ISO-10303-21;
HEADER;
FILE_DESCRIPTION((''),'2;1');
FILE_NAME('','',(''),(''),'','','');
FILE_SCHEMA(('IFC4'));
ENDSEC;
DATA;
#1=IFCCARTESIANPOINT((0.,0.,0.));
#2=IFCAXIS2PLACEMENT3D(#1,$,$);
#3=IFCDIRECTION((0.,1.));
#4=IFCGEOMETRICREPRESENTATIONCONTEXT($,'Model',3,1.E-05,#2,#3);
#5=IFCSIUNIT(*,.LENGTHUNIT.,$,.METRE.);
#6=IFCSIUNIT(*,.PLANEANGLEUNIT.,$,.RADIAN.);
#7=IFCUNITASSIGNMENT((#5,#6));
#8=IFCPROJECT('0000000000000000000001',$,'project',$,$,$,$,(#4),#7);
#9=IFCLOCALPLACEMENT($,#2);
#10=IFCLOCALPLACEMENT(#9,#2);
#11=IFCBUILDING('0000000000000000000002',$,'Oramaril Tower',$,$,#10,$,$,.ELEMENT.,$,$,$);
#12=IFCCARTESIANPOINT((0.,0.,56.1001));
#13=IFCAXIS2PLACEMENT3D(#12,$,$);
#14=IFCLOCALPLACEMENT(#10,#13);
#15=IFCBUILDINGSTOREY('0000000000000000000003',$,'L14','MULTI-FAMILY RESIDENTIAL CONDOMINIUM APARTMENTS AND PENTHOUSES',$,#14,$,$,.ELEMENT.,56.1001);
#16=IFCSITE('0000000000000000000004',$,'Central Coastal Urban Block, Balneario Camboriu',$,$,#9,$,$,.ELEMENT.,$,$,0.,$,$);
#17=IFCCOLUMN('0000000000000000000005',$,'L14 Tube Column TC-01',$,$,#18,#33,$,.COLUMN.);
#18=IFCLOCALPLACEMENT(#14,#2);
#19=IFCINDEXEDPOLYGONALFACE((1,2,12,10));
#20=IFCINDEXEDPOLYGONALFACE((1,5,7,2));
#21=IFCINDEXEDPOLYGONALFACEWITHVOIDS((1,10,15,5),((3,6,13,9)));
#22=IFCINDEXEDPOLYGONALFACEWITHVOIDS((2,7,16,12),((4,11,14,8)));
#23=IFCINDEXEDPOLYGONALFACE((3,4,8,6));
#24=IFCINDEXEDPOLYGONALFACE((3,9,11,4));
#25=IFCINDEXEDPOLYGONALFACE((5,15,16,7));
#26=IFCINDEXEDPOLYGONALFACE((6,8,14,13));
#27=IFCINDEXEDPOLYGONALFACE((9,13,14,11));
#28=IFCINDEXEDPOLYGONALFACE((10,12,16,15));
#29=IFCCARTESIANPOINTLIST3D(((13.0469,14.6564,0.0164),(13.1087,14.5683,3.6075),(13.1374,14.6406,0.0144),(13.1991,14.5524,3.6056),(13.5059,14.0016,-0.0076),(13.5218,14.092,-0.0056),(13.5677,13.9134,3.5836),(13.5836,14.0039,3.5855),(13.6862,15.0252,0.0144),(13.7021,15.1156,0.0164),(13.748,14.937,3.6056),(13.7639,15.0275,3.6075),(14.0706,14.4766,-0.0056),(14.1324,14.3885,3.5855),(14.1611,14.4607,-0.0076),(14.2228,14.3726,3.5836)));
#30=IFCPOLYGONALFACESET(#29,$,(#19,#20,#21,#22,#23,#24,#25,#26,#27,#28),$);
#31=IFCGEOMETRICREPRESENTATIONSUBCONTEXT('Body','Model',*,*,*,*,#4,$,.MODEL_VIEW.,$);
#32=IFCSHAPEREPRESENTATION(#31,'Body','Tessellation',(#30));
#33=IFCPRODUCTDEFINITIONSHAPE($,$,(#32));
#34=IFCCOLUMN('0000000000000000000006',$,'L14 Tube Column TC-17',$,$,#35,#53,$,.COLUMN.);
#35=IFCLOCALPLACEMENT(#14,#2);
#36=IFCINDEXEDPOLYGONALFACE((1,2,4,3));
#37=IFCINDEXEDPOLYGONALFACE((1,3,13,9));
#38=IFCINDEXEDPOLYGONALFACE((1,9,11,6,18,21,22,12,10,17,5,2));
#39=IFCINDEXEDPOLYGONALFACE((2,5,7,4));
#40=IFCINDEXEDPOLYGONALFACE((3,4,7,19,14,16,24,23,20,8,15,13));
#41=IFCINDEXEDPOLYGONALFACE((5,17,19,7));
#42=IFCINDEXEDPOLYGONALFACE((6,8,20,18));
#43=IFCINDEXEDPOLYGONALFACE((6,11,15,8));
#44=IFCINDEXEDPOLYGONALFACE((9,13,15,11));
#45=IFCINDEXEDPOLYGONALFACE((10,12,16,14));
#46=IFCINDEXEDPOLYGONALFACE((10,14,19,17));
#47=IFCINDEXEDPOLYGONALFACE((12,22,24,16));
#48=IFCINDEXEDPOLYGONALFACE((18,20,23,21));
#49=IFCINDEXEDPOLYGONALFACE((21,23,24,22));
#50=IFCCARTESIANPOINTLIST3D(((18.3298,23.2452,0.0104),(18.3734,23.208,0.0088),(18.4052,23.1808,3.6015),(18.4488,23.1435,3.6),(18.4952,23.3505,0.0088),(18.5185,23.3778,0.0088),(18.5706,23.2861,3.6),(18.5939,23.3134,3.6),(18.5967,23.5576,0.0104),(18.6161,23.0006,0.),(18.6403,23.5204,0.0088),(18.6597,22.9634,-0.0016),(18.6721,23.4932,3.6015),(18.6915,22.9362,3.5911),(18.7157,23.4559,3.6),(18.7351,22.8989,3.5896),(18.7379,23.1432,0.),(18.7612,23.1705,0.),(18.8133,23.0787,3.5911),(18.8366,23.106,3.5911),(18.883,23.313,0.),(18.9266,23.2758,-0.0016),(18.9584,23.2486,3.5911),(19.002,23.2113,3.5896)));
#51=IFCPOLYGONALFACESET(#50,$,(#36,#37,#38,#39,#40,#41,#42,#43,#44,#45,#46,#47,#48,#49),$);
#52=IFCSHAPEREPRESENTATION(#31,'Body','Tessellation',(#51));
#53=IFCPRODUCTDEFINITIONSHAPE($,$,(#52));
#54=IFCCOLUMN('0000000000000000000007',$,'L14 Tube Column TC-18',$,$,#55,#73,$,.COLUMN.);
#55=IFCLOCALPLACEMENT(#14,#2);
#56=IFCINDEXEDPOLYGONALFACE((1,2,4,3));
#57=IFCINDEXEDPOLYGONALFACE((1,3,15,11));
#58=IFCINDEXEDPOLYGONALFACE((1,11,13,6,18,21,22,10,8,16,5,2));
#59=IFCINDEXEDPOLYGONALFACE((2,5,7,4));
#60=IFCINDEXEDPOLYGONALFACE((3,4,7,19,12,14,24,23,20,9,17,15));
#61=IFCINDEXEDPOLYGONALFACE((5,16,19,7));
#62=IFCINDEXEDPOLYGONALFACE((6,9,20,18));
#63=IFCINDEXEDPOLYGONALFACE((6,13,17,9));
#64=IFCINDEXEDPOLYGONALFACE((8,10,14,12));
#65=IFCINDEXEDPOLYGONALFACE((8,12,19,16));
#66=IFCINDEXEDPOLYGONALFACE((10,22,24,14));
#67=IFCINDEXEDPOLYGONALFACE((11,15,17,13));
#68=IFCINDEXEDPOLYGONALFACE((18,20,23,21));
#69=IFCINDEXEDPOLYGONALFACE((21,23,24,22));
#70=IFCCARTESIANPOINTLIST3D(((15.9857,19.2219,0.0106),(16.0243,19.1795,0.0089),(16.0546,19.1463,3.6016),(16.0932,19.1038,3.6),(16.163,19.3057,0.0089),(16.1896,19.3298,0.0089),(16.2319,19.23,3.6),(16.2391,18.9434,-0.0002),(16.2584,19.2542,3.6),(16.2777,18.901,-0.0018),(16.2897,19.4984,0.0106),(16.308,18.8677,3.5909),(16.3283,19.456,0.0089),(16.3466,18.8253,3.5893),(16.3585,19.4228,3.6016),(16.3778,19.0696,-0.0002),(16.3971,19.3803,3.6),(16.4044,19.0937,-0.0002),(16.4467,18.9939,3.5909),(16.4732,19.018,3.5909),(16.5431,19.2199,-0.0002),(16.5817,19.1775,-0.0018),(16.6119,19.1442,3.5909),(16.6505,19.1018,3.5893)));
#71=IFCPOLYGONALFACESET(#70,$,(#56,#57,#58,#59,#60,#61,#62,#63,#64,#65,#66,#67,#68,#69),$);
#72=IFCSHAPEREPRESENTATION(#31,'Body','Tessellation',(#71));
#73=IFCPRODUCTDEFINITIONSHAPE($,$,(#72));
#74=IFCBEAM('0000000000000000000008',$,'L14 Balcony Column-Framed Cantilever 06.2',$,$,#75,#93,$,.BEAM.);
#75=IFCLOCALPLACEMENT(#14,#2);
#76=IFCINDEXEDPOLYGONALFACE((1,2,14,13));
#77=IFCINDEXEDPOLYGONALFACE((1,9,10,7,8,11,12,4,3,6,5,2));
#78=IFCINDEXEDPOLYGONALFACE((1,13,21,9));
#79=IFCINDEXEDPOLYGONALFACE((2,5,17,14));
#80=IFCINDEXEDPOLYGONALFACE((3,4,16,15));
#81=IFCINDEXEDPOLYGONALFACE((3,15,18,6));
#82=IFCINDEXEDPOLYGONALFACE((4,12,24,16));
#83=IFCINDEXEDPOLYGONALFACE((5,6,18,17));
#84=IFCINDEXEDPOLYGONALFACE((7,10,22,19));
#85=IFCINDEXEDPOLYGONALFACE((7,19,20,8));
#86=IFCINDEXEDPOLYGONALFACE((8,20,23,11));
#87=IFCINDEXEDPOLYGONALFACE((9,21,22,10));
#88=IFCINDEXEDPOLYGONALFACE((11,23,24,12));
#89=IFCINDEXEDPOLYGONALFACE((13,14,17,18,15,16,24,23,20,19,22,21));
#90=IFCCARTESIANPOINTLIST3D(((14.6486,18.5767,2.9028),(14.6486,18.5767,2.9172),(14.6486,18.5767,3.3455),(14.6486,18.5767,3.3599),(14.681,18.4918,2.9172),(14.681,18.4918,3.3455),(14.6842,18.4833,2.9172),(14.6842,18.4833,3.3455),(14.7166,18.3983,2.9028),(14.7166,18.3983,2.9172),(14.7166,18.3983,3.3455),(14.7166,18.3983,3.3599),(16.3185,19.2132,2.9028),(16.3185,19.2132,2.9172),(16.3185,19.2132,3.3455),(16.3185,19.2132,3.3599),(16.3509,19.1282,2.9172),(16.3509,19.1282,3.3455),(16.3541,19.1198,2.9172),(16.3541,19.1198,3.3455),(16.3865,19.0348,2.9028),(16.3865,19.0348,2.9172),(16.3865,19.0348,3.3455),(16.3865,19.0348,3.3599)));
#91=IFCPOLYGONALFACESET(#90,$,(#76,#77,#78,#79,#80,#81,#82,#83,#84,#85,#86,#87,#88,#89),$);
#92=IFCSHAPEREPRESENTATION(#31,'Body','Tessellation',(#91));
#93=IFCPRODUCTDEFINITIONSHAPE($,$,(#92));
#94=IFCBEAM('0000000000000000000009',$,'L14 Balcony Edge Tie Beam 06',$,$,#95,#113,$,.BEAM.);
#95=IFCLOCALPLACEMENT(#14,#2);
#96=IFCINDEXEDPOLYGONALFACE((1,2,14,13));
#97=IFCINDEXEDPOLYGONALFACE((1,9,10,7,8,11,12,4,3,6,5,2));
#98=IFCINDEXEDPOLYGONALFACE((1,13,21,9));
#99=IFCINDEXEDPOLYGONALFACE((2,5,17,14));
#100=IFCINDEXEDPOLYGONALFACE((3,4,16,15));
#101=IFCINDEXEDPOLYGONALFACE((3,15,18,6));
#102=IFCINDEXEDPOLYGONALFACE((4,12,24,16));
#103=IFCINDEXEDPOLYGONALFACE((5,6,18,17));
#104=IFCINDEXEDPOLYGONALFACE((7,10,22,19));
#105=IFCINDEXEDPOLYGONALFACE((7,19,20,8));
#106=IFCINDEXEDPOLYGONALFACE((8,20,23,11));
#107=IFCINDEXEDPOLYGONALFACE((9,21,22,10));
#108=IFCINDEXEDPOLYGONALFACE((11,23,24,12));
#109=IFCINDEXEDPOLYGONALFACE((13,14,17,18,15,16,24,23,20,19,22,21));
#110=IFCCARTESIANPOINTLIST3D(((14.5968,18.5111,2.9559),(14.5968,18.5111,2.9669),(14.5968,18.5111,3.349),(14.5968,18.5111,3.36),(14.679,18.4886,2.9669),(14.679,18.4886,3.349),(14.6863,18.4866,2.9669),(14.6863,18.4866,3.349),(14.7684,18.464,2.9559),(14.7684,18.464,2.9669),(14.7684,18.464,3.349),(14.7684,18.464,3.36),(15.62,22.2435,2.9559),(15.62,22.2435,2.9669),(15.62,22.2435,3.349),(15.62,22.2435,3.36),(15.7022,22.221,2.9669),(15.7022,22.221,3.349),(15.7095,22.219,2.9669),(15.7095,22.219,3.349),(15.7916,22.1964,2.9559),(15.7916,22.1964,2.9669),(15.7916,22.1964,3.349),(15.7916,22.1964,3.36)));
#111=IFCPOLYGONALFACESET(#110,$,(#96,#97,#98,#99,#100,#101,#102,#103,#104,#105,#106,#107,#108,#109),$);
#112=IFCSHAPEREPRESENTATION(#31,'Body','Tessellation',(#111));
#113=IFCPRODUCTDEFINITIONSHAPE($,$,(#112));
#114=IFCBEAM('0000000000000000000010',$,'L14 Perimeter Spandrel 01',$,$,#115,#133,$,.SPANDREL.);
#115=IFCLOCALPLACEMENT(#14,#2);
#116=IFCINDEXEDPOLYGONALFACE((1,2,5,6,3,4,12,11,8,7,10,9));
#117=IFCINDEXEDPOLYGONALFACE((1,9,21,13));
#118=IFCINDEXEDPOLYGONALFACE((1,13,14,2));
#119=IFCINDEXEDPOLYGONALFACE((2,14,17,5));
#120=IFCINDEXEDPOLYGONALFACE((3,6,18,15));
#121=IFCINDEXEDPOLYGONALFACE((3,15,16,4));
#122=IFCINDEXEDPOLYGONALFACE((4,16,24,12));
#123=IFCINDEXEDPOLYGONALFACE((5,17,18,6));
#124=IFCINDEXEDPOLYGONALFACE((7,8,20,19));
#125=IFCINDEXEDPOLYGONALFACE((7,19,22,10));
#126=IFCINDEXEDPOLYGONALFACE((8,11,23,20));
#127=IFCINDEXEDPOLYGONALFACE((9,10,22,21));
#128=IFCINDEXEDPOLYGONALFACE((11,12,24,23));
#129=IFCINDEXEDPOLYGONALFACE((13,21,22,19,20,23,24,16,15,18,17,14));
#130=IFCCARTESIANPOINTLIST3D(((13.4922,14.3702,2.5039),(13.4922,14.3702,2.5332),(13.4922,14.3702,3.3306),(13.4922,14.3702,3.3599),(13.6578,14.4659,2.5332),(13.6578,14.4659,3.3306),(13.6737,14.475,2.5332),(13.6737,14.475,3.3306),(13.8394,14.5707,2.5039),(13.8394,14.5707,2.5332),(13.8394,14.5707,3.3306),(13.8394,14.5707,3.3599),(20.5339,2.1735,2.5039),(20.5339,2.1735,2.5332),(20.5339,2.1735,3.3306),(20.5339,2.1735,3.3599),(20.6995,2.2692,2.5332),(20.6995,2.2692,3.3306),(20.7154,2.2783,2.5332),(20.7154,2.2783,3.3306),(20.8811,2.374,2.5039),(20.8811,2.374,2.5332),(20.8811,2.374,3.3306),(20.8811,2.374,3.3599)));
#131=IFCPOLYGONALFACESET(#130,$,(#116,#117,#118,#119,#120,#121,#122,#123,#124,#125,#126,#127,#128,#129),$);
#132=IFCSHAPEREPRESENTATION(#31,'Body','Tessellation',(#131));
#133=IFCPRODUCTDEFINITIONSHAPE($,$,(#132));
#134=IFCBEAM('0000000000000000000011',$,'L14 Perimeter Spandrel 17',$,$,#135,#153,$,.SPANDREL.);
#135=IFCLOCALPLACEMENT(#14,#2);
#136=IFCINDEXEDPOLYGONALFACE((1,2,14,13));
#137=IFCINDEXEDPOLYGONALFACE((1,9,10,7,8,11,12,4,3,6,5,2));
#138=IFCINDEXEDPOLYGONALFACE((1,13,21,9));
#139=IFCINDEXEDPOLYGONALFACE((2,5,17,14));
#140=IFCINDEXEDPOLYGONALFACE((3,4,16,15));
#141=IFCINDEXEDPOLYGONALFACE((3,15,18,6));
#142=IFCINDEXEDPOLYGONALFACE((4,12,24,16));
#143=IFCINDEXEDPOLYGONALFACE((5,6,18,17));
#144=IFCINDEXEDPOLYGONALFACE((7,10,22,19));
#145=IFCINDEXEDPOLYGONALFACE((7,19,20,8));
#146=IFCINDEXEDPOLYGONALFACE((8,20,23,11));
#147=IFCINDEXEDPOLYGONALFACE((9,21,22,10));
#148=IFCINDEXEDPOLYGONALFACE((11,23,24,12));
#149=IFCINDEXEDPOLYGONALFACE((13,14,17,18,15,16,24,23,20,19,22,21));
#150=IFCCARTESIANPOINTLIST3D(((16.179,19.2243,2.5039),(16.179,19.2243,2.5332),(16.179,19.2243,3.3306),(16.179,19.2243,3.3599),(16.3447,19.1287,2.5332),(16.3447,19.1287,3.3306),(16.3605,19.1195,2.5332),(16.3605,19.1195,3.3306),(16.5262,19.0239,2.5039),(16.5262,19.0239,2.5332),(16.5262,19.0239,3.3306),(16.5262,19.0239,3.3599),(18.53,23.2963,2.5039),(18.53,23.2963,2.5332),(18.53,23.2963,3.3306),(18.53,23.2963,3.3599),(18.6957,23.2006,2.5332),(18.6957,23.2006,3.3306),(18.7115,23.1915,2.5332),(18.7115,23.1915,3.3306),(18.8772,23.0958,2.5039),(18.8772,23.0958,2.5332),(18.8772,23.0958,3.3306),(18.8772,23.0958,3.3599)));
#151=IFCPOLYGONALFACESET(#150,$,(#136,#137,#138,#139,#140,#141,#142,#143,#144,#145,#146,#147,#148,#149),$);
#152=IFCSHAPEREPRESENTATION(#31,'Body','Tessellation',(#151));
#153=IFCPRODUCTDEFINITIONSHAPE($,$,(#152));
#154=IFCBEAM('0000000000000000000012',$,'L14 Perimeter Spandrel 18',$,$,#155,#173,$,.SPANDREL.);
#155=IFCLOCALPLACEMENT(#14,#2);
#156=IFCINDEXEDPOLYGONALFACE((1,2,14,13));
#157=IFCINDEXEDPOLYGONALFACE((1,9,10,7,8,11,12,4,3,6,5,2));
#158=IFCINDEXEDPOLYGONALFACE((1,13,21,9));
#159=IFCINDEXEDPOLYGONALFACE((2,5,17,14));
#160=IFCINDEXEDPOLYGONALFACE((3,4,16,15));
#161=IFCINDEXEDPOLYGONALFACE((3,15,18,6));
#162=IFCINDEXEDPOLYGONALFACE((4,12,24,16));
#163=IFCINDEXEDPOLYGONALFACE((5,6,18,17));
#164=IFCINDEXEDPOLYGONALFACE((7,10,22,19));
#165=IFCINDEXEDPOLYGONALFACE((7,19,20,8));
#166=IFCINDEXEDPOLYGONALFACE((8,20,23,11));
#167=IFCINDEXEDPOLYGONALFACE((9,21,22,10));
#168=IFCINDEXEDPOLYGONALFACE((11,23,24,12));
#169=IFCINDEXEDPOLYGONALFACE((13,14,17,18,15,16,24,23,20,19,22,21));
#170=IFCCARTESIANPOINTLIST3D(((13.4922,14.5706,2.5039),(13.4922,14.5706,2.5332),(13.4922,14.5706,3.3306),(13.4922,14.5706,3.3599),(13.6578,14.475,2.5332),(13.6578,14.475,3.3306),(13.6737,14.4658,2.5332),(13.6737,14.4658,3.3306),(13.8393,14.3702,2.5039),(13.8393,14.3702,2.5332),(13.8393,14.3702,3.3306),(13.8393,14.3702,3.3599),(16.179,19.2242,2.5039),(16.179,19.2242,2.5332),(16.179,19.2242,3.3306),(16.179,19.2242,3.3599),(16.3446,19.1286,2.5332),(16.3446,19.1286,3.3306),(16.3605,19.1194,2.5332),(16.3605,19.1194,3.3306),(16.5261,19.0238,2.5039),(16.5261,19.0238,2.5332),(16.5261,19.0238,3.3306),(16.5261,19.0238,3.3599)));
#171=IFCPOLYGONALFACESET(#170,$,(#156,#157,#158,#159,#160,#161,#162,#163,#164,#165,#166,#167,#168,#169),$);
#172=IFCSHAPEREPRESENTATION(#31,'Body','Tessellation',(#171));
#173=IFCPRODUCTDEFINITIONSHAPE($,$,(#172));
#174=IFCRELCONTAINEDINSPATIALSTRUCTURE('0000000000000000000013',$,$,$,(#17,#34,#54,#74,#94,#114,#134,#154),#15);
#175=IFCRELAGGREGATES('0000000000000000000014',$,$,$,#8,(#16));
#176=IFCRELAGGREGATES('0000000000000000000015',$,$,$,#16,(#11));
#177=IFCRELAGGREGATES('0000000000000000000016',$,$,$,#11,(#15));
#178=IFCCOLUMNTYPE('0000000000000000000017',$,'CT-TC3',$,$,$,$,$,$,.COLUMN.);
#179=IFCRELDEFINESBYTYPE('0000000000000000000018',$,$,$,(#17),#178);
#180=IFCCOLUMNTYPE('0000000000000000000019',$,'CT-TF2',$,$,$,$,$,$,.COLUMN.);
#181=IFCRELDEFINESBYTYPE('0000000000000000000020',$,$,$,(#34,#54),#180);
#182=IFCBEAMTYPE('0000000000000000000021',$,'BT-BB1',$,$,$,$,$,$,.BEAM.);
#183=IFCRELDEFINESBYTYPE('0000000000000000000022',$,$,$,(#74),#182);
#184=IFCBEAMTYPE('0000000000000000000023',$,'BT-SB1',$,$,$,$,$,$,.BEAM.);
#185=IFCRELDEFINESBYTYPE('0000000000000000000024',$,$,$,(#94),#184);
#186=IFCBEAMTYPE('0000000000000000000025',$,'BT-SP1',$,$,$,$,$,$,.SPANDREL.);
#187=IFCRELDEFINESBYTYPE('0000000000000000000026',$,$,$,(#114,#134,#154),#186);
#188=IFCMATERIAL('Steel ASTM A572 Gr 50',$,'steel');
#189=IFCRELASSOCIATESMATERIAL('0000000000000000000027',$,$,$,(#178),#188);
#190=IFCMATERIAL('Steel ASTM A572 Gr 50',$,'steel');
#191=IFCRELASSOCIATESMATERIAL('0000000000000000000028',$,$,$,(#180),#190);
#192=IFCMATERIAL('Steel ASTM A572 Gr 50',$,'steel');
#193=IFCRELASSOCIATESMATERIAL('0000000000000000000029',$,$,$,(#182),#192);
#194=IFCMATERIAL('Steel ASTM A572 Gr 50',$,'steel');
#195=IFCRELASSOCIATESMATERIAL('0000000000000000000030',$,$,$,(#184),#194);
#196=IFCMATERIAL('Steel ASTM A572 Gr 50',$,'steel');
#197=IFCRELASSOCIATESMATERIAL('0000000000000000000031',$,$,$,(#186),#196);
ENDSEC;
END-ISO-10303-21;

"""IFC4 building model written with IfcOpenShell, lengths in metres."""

from ifc_helpers import new_model, si_unit, direction, frame, origin, origin_2d, place, context, subcontext, project, spatial, hollow_rectangle, i_section, extrude, material, material_profile, profile_set, type_object, element, save


model = new_model("IFC4")

# Units and contexts
model_context = context("Model", 3, precision=1e-05, world=origin(), true_north=direction((0.0, 1.0)))
body_context = subcontext(model_context, "Body", "Model", "MODEL_VIEW")
ifc_project = project(units=[si_unit("LENGTHUNIT", "METRE"), si_unit("PLANEANGLEUNIT", "RADIAN")], contexts=[model_context])

# Site, building, storey
site_placement = place(None, origin())
site = spatial("IfcSite", under=ifc_project, at=site_placement, Name="Central Coastal Urban Block, Balneario Camboriu", CompositionType="ELEMENT", RefElevation=0.0)
building_placement = place(site_placement, origin())
building = spatial("IfcBuilding", under=site, at=building_placement, Name="Oramaril Tower", CompositionType="ELEMENT")
storey_placement = place(building_placement, frame((0.0, 0.0, 56.1001)))
storey = spatial("IfcBuildingStorey", under=building, at=storey_placement, Name="L14", Description="MULTI-FAMILY RESIDENTIAL CONDOMINIUM APARTMENTS AND PENTHOUSES", CompositionType="ELEMENT", Elevation=56.1001)

# Columns
ifc_material_1 = material(Name="Steel ASTM A572 Gr 50", Category="steel")
ifc_material_profile_1 = material_profile(ifc_material_1, hollow_rectangle(XDim=0.8, YDim=0.8, WallThickness=0.0649, at=origin_2d()), Name="BOX800X800X65")
ifc_profile_set_1 = profile_set([ifc_material_profile_1], Name="Steel ASTM A572 Gr 50")
column_type_1 = type_object("IfcColumnType", Name="CT-TC3", PredefinedType="COLUMN", material=ifc_profile_set_1)
column_placement = place(storey_placement, frame((13.604, 14.5586, 0.0044), z_axis=(0.017193, -0.024532, 0.999551), x_axis=(0.818912, 0.573919, 0.0)))
element("IfcColumn", 1, at=column_placement, inside=storey, type_object=column_type_1, Name="L14 Tube Column TC-01", PredefinedType="COLUMN", context=body_context, shape_type="SweptSolid", body=[
    extrude(hollow_rectangle(XDim=0.8, YDim=0.8, WallThickness=0.0649, at=origin_2d()), origin(), (0.0, 0.0, 1.0), 3.5928),
])
ifc_material_2 = material(Name="Steel ASTM A572 Gr 50", Category="steel")
ifc_material_profile_2 = material_profile(ifc_material_2, i_section(OverallWidth=0.4109, OverallDepth=0.4341, WebThickness=0.0359, FlangeThickness=0.0574, at=origin_2d()), Name="W14X311")
ifc_profile_set_2 = profile_set([ifc_material_profile_2], Name="Steel ASTM A572 Gr 50")
column_type_2 = type_object("IfcColumnType", Name="CT-TF2", PredefinedType="COLUMN", material=ifc_profile_set_2)
for number, where, z_axis, x_axis, name in (
    (2, (18.6282, 23.2605, 0.0044), (0.021, -0.017941, 0.999618), (0.649575, 0.760298, 0.0), "L14 Tube Column TC-17"),
    (3, (16.2837, 19.1997, 0.0044), (0.019164, -0.021067, 0.999594), (0.739724, 0.67291, 0.0), "L14 Tube Column TC-18"),
):
    element("IfcColumn", number, at=place(storey_placement, frame(where, z_axis=z_axis, x_axis=x_axis)), inside=storey, type_object=column_type_2, Name=name, PredefinedType="COLUMN", context=body_context, shape_type="SweptSolid", body=[
        extrude(i_section(OverallWidth=0.4109, OverallDepth=0.4341, WebThickness=0.0359, FlangeThickness=0.0574, at=origin_2d()), origin(), (0.0, 0.0, 1.0), 3.5925),
    ])

# Beams
ifc_material_3 = material(Name="Steel ASTM A572 Gr 50", Category="steel")
ifc_material_profile_3 = material_profile(ifc_material_3, i_section(OverallWidth=0.1909, OverallDepth=0.457, WebThickness=0.009, FlangeThickness=0.0144, at=origin_2d()), Name="W18X50")
ifc_profile_set_3 = profile_set([ifc_material_profile_3], Name="Steel ASTM A572 Gr 50")
beam_type_1 = type_object("IfcBeamType", Name="BT-BB1", PredefinedType="BEAM", material=ifc_profile_set_3)
beam_1_placement = place(storey_placement, frame((16.3525, 19.124, 3.1313), z_axis=(-0.934429, -0.356149, 0.0), x_axis=(0.356149, -0.934429, 0.0)))
element("IfcBeam", 4, at=beam_1_placement, inside=storey, type_object=beam_type_1, Name="L14 Balcony Column-Framed Cantilever 06.2", PredefinedType="BEAM", context=body_context, shape_type="SweptSolid", body=[
    extrude(i_section(OverallWidth=0.1909, OverallDepth=0.457, WebThickness=0.009, FlangeThickness=0.0144, at=origin_2d()), origin(), (0.0, 0.0, 1.0), 1.7871),
])
ifc_material_4 = material(Name="Steel ASTM A572 Gr 50", Category="steel")
ifc_material_profile_4 = material_profile(ifc_material_4, i_section(OverallWidth=0.178, OverallDepth=0.4041, WebThickness=0.0076, FlangeThickness=0.011, at=origin_2d()), Name="W16X36")
ifc_profile_set_4 = profile_set([ifc_material_profile_4], Name="Steel ASTM A572 Gr 50")
beam_type_2 = type_object("IfcBeamType", Name="BT-SB1", PredefinedType="BEAM", material=ifc_profile_set_4)
beam_2_placement = place(storey_placement, frame((15.7058, 22.22, 3.158), z_axis=(-0.264382, -0.964418, 0.0), x_axis=(0.964418, -0.264382, 0.0)))
element("IfcBeam", 5, at=beam_2_placement, inside=storey, type_object=beam_type_2, Name="L14 Balcony Edge Tie Beam 06", PredefinedType="BEAM", context=body_context, shape_type="SweptSolid", body=[
    extrude(i_section(OverallWidth=0.178, OverallDepth=0.4041, WebThickness=0.0076, FlangeThickness=0.011, at=origin_2d()), origin(), (0.0, 0.0, 1.0), 3.8701),
])
ifc_material_5 = material(Name="Steel ASTM A572 Gr 50", Category="steel")
ifc_material_profile_5 = material_profile(ifc_material_5, i_section(OverallWidth=0.4009, OverallDepth=0.856, WebThickness=0.0183, FlangeThickness=0.0293, at=origin_2d()), Name="W33X201")
ifc_profile_set_5 = profile_set([ifc_material_profile_5], Name="Steel ASTM A572 Gr 50")
beam_type_3 = type_object("IfcBeamType", Name="BT-SP1", PredefinedType="SPANDREL", material=ifc_profile_set_5)
beam_3_placement = place(storey_placement, frame((13.6658, 14.4705, 2.9319), z_axis=(0.499997, -0.866027, 0.0), x_axis=(0.866027, 0.499997, 0.0)))
element("IfcBeam", 6, at=beam_3_placement, inside=storey, type_object=beam_type_3, Name="L14 Perimeter Spandrel 01", PredefinedType="SPANDREL", context=body_context, shape_type="SweptSolid", body=[
    extrude(i_section(OverallWidth=0.4009, OverallDepth=0.856, WebThickness=0.0183, FlangeThickness=0.0293, at=origin_2d()), origin(), (0.0, 0.0, 1.0), 14.0835),
])
beam_4_placement = place(storey_placement, frame((18.7036, 23.196, 2.9319), z_axis=(-0.500015, -0.866017, 0.0), x_axis=(0.866017, -0.500015, 0.0)))
element("IfcBeam", 7, at=beam_4_placement, inside=storey, type_object=beam_type_3, Name="L14 Perimeter Spandrel 17", PredefinedType="SPANDREL", context=body_context, shape_type="SweptSolid", body=[
    extrude(i_section(OverallWidth=0.4009, OverallDepth=0.856, WebThickness=0.0183, FlangeThickness=0.0293, at=origin_2d()), origin(), (0.0, 0.0, 1.0), 4.7019),
])
beam_5_placement = place(storey_placement, frame((16.3525, 19.124, 2.9319), z_axis=(-0.500004, -0.866023, 0.0), x_axis=(0.866023, -0.500004, 0.0)))
element("IfcBeam", 8, at=beam_5_placement, inside=storey, type_object=beam_type_3, Name="L14 Perimeter Spandrel 18", PredefinedType="SPANDREL", context=body_context, shape_type="SweptSolid", body=[
    extrude(i_section(OverallWidth=0.4009, OverallDepth=0.856, WebThickness=0.0183, FlangeThickness=0.0293, at=origin_2d()), origin(), (0.0, 0.0, 1.0), 5.3735),
])

save(model, "model.ifc")
